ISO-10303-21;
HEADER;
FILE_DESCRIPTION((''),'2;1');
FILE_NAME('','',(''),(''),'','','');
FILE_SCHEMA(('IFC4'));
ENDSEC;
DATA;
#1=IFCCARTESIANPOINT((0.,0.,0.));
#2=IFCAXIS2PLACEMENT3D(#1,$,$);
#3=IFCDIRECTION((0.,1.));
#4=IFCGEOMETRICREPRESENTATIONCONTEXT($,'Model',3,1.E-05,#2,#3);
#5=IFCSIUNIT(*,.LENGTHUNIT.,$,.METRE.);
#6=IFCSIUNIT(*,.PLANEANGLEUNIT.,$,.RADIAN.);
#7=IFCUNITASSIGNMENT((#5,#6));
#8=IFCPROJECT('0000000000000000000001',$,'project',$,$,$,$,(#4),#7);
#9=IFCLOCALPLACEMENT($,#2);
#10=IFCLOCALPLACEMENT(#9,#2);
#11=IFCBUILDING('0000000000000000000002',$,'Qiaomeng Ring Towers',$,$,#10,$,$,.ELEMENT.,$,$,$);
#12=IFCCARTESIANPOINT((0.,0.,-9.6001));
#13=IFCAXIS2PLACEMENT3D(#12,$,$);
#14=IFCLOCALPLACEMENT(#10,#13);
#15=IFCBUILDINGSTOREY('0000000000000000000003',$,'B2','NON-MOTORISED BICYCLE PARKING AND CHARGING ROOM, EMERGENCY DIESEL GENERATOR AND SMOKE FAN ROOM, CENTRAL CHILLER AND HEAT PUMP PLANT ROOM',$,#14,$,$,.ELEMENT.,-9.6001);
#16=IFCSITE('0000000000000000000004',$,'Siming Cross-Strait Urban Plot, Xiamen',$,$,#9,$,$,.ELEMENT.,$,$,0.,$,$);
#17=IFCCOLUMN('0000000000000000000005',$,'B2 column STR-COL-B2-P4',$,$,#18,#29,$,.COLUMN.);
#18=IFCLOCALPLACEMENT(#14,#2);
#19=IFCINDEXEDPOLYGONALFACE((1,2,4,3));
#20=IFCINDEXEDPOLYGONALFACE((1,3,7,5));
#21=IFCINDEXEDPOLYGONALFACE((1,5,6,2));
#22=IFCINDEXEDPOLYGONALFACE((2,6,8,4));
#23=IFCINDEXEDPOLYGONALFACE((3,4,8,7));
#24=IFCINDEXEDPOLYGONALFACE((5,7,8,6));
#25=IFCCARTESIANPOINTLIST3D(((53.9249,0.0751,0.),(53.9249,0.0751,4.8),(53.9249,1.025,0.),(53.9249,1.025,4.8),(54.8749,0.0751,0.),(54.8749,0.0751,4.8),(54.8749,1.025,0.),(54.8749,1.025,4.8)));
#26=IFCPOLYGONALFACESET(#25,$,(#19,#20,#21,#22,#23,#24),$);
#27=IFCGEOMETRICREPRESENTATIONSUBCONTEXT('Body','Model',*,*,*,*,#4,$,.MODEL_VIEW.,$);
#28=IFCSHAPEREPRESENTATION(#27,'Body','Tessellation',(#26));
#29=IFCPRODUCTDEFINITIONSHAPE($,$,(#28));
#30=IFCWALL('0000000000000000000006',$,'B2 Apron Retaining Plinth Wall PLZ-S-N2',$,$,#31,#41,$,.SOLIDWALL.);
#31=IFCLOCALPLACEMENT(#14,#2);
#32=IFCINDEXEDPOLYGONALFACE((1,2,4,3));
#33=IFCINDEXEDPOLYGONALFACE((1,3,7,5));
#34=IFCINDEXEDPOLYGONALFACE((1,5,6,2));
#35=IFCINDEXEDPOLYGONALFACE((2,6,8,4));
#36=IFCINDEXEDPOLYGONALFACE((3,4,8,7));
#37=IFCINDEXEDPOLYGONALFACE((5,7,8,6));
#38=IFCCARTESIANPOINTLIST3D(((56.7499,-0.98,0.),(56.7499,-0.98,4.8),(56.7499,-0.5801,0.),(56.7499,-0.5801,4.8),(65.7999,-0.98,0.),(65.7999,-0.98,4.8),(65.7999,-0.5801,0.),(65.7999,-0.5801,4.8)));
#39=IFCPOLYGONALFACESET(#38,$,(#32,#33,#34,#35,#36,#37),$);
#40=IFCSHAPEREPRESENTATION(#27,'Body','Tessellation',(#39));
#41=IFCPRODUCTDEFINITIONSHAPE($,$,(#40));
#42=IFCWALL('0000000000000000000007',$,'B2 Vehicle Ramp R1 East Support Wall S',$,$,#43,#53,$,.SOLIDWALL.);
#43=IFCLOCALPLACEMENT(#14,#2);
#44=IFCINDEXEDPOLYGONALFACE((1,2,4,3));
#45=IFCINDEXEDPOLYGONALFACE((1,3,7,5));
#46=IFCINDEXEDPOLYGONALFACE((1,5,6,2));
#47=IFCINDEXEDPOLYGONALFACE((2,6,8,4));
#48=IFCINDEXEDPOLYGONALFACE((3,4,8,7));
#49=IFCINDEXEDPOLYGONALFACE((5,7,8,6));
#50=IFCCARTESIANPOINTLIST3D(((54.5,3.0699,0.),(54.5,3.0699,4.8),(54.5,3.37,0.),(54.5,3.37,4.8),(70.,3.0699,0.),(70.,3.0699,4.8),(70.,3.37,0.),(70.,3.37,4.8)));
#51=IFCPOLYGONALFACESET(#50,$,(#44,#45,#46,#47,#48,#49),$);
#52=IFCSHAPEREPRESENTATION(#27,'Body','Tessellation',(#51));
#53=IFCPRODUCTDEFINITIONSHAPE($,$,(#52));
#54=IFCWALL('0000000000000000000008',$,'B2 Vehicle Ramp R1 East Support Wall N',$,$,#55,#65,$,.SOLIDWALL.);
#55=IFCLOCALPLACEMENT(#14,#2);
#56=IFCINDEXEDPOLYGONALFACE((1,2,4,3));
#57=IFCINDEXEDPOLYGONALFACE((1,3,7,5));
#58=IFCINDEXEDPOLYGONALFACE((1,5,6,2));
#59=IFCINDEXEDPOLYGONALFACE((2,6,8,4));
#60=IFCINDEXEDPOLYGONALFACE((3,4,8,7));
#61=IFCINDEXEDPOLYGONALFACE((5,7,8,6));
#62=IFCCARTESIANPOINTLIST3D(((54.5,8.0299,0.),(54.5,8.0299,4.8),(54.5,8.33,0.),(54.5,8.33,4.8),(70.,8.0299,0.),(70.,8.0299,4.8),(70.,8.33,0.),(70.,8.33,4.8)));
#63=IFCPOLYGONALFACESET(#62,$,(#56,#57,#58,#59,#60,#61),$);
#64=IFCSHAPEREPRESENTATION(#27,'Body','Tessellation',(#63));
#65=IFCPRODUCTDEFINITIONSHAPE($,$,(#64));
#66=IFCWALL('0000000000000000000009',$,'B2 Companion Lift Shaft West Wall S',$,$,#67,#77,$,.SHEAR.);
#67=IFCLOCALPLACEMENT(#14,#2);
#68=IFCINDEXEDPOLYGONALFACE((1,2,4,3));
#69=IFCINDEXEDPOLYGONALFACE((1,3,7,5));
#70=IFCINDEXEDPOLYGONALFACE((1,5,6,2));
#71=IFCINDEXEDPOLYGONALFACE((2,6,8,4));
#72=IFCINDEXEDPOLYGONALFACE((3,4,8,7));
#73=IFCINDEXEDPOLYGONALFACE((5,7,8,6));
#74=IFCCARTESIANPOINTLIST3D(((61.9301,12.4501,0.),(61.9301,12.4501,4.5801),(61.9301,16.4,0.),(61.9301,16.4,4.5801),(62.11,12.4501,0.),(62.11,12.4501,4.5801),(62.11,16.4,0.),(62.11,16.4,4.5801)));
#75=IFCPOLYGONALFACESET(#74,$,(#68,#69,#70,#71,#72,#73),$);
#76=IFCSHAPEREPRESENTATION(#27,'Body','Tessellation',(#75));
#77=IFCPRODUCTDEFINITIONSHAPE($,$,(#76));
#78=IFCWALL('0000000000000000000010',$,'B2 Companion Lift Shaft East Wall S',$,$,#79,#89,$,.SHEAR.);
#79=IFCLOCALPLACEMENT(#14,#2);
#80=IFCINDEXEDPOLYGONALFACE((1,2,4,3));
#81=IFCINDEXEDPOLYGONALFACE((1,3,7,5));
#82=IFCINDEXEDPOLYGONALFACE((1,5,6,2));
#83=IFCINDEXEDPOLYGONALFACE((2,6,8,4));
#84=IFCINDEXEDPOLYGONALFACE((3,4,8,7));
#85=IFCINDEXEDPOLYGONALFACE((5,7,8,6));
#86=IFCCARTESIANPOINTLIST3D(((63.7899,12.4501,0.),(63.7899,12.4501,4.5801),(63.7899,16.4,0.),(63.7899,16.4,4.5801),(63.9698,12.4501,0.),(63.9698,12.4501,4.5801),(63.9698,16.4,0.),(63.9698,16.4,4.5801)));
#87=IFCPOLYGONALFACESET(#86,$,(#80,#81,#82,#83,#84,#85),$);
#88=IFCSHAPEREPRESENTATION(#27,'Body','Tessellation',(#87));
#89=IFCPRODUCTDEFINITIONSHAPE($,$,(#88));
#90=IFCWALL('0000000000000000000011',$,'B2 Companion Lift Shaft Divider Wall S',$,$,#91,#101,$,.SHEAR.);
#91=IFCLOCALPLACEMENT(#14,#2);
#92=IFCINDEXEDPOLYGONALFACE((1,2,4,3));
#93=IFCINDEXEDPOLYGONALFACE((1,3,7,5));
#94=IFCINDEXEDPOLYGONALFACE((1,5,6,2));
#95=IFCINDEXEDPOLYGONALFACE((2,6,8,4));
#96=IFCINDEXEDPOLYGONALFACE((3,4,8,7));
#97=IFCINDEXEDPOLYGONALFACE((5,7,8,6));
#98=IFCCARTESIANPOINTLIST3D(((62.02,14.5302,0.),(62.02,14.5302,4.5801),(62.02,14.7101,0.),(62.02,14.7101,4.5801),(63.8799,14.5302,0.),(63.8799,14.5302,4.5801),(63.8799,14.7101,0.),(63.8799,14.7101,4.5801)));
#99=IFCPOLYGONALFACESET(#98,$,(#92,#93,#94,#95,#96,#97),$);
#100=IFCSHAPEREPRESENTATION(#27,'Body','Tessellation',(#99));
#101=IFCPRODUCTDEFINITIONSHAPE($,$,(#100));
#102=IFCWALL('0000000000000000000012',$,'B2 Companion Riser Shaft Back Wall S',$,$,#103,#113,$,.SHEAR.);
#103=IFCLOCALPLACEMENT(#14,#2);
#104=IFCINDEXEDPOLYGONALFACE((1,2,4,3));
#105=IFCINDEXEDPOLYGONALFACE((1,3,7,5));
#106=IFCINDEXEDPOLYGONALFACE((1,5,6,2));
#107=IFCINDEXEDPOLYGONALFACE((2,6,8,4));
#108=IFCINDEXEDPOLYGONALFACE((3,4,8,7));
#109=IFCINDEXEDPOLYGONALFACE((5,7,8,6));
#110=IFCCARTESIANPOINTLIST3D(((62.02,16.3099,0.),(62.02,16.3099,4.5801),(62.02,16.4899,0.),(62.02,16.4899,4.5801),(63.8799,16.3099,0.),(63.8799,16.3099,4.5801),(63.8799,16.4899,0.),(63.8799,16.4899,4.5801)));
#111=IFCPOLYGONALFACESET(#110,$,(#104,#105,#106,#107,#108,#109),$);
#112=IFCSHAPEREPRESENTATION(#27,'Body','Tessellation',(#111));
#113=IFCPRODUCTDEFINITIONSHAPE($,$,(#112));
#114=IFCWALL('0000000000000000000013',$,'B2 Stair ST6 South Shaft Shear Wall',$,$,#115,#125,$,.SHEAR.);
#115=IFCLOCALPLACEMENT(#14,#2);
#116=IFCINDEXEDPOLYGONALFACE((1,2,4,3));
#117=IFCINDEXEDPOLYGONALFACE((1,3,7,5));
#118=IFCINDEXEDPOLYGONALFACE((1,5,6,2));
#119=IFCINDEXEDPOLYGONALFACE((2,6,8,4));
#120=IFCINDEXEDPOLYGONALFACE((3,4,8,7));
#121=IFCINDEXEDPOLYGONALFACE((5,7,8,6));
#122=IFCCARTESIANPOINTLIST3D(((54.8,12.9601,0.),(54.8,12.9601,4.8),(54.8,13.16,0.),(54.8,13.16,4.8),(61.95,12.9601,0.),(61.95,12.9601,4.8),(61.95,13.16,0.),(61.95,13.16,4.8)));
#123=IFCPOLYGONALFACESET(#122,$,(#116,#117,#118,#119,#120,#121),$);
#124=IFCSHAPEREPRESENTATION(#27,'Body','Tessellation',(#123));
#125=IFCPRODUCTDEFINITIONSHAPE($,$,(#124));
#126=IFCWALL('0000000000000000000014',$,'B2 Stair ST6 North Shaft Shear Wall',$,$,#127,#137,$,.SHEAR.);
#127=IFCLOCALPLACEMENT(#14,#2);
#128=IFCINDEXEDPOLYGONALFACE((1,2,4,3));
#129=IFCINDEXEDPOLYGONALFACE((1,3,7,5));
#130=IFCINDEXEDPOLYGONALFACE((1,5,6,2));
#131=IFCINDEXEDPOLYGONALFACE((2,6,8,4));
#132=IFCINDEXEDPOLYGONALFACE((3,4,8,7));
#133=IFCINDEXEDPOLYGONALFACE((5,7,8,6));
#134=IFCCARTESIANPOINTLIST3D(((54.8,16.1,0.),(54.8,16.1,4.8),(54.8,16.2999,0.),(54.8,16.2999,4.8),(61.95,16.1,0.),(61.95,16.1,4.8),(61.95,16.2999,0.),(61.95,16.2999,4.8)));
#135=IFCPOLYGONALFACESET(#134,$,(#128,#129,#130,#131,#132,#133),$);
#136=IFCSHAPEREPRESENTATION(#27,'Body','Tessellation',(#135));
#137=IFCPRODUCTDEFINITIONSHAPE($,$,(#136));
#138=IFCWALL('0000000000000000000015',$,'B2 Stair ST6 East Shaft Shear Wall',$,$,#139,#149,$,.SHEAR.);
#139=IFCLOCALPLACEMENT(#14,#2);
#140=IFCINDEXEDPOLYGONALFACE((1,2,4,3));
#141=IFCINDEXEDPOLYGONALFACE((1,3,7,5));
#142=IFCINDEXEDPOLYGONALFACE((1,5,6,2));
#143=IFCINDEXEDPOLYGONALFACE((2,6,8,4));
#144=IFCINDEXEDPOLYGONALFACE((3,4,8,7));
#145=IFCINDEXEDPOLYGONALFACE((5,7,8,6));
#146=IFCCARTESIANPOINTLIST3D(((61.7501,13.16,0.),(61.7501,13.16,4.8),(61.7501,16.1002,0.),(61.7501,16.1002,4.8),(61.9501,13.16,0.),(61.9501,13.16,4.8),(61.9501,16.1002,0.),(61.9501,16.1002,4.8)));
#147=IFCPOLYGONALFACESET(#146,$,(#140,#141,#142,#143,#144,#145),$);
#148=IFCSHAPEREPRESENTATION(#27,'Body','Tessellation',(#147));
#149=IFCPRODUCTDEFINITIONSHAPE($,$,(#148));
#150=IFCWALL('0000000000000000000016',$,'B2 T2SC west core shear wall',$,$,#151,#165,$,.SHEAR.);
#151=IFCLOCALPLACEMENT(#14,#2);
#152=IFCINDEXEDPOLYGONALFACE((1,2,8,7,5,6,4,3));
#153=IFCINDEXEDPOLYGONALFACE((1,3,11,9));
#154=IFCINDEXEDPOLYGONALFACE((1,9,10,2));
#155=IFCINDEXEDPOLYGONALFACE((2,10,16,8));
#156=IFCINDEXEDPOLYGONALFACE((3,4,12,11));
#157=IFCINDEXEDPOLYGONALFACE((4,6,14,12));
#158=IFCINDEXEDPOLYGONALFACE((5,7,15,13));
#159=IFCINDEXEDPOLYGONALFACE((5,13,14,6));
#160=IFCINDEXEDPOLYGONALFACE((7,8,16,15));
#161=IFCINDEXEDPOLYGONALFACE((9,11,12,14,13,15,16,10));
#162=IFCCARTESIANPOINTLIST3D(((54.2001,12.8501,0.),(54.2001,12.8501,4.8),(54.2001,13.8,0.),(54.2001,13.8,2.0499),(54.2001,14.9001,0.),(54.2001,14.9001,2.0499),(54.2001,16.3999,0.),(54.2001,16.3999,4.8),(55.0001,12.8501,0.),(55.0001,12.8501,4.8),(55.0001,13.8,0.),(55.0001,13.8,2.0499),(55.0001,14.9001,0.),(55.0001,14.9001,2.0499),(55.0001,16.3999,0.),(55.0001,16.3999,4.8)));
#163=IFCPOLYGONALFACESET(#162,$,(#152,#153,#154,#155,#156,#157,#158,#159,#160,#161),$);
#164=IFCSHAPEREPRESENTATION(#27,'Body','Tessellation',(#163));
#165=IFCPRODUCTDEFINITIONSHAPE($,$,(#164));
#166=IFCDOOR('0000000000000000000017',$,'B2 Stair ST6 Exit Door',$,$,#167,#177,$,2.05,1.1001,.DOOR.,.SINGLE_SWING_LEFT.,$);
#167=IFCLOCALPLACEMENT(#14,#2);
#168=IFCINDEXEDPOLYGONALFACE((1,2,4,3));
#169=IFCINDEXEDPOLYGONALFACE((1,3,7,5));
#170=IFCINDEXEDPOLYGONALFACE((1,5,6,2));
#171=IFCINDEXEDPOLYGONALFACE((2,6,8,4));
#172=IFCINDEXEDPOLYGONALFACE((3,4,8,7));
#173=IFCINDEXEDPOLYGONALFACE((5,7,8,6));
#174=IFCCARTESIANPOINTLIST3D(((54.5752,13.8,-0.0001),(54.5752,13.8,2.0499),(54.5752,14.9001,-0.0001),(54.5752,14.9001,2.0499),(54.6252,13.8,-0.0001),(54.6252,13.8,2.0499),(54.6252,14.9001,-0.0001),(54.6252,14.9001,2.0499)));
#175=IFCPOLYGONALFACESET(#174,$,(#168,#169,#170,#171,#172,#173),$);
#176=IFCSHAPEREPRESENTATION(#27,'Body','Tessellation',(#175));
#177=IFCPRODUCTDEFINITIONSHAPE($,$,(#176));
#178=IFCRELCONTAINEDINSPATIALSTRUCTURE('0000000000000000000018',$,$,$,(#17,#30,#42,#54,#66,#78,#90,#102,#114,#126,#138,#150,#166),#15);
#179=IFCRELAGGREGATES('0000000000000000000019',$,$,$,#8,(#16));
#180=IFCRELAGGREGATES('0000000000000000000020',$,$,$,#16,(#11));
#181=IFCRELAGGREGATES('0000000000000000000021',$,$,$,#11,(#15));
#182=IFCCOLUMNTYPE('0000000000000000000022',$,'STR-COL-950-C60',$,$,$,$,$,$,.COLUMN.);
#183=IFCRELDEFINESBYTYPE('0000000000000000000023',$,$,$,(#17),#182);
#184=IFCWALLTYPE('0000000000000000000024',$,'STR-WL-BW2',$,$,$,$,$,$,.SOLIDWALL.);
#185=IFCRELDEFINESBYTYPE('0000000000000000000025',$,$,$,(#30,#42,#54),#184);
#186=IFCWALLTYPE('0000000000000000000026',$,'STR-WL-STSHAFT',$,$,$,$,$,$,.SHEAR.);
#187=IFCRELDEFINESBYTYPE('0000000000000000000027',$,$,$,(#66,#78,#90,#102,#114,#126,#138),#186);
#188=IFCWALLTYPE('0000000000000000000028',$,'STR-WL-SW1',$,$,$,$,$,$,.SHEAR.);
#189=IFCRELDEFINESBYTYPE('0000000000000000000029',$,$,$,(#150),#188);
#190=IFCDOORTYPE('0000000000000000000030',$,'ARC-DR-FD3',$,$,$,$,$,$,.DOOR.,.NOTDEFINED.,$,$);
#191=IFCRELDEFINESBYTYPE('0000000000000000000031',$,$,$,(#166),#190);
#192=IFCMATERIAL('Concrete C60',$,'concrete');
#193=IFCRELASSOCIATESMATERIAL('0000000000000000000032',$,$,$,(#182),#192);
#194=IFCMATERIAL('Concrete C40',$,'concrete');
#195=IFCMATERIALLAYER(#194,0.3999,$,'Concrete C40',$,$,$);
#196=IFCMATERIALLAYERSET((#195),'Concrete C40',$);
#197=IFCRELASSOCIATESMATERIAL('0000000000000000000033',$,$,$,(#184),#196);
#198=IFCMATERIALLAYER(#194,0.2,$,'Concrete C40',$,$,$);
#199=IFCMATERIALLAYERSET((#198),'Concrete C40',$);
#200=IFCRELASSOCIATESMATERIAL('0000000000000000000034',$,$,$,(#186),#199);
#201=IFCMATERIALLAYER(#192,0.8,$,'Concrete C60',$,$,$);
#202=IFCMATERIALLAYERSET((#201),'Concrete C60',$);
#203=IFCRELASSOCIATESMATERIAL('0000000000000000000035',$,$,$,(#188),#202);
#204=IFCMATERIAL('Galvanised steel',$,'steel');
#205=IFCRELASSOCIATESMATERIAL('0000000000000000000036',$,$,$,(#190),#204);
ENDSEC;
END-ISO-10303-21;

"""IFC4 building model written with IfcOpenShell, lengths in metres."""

from ifc_helpers import new_model, si_unit, direction, frame, frame_2d, origin, origin_2d, place, context, subcontext, project, spatial, rectangle, extrude, source, transform, mapped, material, layer, layer_set, material_profile, profile_set, type_object, element, fill, save


model = new_model("IFC4")

# Units and contexts
model_context = context("Model", 3, precision=1e-05, world=origin(), true_north=direction((0.0, 1.0)))
body_context = subcontext(model_context, "Body", "Model", "MODEL_VIEW")
ifc_project = project(units=[si_unit("LENGTHUNIT", "METRE"), si_unit("PLANEANGLEUNIT", "RADIAN")], contexts=[model_context])

# Site, building, storey
site_placement = place(None, origin())
site = spatial("IfcSite", under=ifc_project, at=site_placement, Name="Siming Cross-Strait Urban Plot, Xiamen", CompositionType="ELEMENT", RefElevation=0.0)
building_placement = place(site_placement, origin())
building = spatial("IfcBuilding", under=site, at=building_placement, Name="Qiaomeng Ring Towers", CompositionType="ELEMENT")
storey_placement = place(building_placement, frame((0.0, 0.0, -9.6001)))
storey = spatial("IfcBuildingStorey", under=building, at=storey_placement, Name="B2", Description="NON-MOTORISED BICYCLE PARKING AND CHARGING ROOM, EMERGENCY DIESEL GENERATOR AND SMOKE FAN ROOM, CENTRAL CHILLER AND HEAT PUMP PLANT ROOM", CompositionType="ELEMENT", Elevation=-9.6001)

# Shared definitions
ifc_material_1 = material(Name="Concrete C40", Category="concrete")

# Column
ifc_material_2 = material(Name="Concrete C60", Category="concrete")
ifc_material_profile_1 = material_profile(ifc_material_2, rectangle(XDim=0.95, YDim=0.95, at=origin_2d()), Name="RC COL 950x950")
ifc_profile_set_1 = profile_set([ifc_material_profile_1], Name="Concrete C60")
column_type = type_object("IfcColumnType", Name="STR-COL-950-C60", PredefinedType="COLUMN", material=ifc_profile_set_1)
shared_shape_1 = source(origin(), body_context, "Body", "SweptSolid", [
    extrude(rectangle(XDim=0.95, YDim=0.95, at=origin_2d()), origin(), (0.0, 0.0, 1.0), 4.8),
])
column_placement = place(storey_placement, frame((54.3999, 0.55, 0.0), z_axis=(0.0, 0.0, 1.0), x_axis=(1.0, 0.0, 0.0)))
element("IfcColumn", 1, at=column_placement, inside=storey, type_object=column_type, Name="B2 column STR-COL-B2-P4", PredefinedType="COLUMN", context=body_context, shape_type="MappedRepresentation", body=[
    mapped(shared_shape_1, transform((0.0, 0.0, 0.0), x_axis=(1.0, 0.0, 0.0), y_axis=(0.0, 1.0, 0.0), z_axis=(0.0, 0.0, 1.0), scale=1.0)),
])

# Walls
ifc_layer_1 = layer(ifc_material_1, 0.3999, Name="Concrete C40")
ifc_layer_set_1 = layer_set([ifc_layer_1], Name="Concrete C40")
wall_type_1 = type_object("IfcWallType", Name="STR-WL-BW2", PredefinedType="SOLIDWALL", material=ifc_layer_set_1)
wall_1_placement = place(storey_placement, frame((56.75, -0.78, 0.0), z_axis=(0.0, 0.0, 1.0), x_axis=(1.0, 0.0, 0.0)))
element("IfcWall", 2, at=wall_1_placement, inside=storey, type_object=wall_type_1, Name="B2 Apron Retaining Plinth Wall PLZ-S-N2", PredefinedType="SOLIDWALL", context=body_context, shape_type="SweptSolid", body=[
    extrude(rectangle(XDim=9.05, YDim=0.3999, at=frame_2d((4.5249, 0.0))), origin(), (0.0, 0.0, 1.0), 4.8),
])
for number, where, z_axis, x_axis, name in (
    (3, (54.5, 3.22, 0.0), (0.0, 0.0, 1.0), (1.0, 0.0, 0.0), "B2 Vehicle Ramp R1 East Support Wall S"),
    (4, (54.5, 8.1799, 0.0), (0.0, 0.0, 1.0), (1.0, 0.0, 0.0), "B2 Vehicle Ramp R1 East Support Wall N"),
):
    element("IfcWall", number, at=place(storey_placement, frame(where, z_axis=z_axis, x_axis=x_axis)), inside=storey, type_object=wall_type_1, Name=name, PredefinedType="SOLIDWALL", context=body_context, shape_type="SweptSolid", body=[
        extrude(rectangle(XDim=15.5, YDim=0.3, at=frame_2d((7.75, 0.0))), origin(), (0.0, 0.0, 1.0), 4.8),
    ])
ifc_layer_2 = layer(ifc_material_1, 0.2, Name="Concrete C40")
ifc_layer_set_2 = layer_set([ifc_layer_2], Name="Concrete C40")
wall_type_2 = type_object("IfcWallType", Name="STR-WL-STSHAFT", PredefinedType="SHEAR", material=ifc_layer_set_2)
for number, where, z_axis, x_axis, name in (
    (5, (62.02, 12.45, 0.0), (0.0, 0.0, 1.0), (0.0, 1.0, 0.0), "B2 Companion Lift Shaft West Wall S"),
    (6, (63.8799, 12.45, 0.0), (0.0, 0.0, 1.0), (0.0, 1.0, 0.0), "B2 Companion Lift Shaft East Wall S"),
):
    element("IfcWall", number, at=place(storey_placement, frame(where, z_axis=z_axis, x_axis=x_axis)), inside=storey, type_object=wall_type_2, Name=name, PredefinedType="SHEAR", context=body_context, shape_type="SweptSolid", body=[
        extrude(rectangle(XDim=3.95, YDim=0.1799, at=frame_2d((1.9751, 0.0))), origin(), (0.0, 0.0, 1.0), 4.5801),
    ])
for number, where, z_axis, x_axis, name in (
    (7, (62.02, 14.6201, 0.0), (0.0, 0.0, 1.0), (1.0, 0.0, 0.0), "B2 Companion Lift Shaft Divider Wall S"),
    (8, (62.02, 16.3999, 0.0), (0.0, 0.0, 1.0), (1.0, 0.0, 0.0), "B2 Companion Riser Shaft Back Wall S"),
):
    element("IfcWall", number, at=place(storey_placement, frame(where, z_axis=z_axis, x_axis=x_axis)), inside=storey, type_object=wall_type_2, Name=name, PredefinedType="SHEAR", context=body_context, shape_type="SweptSolid", body=[
        extrude(rectangle(XDim=1.8599, YDim=0.1799, at=frame_2d((0.9299, 0.0))), origin(), (0.0, 0.0, 1.0), 4.5801),
    ])
for number, where, z_axis, x_axis, name in (
    (9, (54.8, 13.0601, 0.0), (0.0, 0.0, 1.0), (1.0, 0.0, 0.0), "B2 Stair ST6 South Shaft Shear Wall"),
    (10, (54.8, 16.2, 0.0), (0.0, 0.0, 1.0), (1.0, 0.0, 0.0), "B2 Stair ST6 North Shaft Shear Wall"),
):
    element("IfcWall", number, at=place(storey_placement, frame(where, z_axis=z_axis, x_axis=x_axis)), inside=storey, type_object=wall_type_2, Name=name, PredefinedType="SHEAR", context=body_context, shape_type="SweptSolid", body=[
        extrude(rectangle(XDim=7.1499, YDim=0.2, at=frame_2d((3.575, 0.0))), origin(), (0.0, 0.0, 1.0), 4.8),
    ])
wall_2_placement = place(storey_placement, frame((61.8501, 13.1599, 0.0), z_axis=(0.0, 0.0, 1.0), x_axis=(0.0, 1.0, 0.0)))
element("IfcWall", 11, at=wall_2_placement, inside=storey, type_object=wall_type_2, Name="B2 Stair ST6 East Shaft Shear Wall", PredefinedType="SHEAR", context=body_context, shape_type="SweptSolid", body=[
    extrude(rectangle(XDim=2.9402, YDim=0.2, at=frame_2d((1.4702, 0.0))), origin(), (0.0, 0.0, 1.0), 4.8),
])

# Wall, opening, door
ifc_layer_3 = layer(ifc_material_2, 0.8, Name="Concrete C60")
ifc_layer_set_3 = layer_set([ifc_layer_3], Name="Concrete C60")
wall_type_3 = type_object("IfcWallType", Name="STR-WL-SW1", PredefinedType="SHEAR", material=ifc_layer_set_3)
wall_3_placement = place(storey_placement, frame((54.6001, 12.8501, 0.0), z_axis=(0.0, 0.0, 1.0), x_axis=(0.0, 1.0, 0.0)))
wall_3 = element("IfcWall", 12, at=wall_3_placement, inside=storey, type_object=wall_type_3, Name="B2 T2SC west core shear wall", PredefinedType="SHEAR", context=body_context, shape_type="SweptSolid", body=[
    extrude(rectangle(XDim=3.5498, YDim=0.8, at=frame_2d((1.7749, 0.0))), origin(), (0.0, 0.0, 1.0), 4.8),
])
opening_placement = place(wall_3_placement, frame((0.95, 0.0, 0.0)))
opening = element("IfcOpeningElement", 13, at=opening_placement, cuts=wall_3, PredefinedType="OPENING", context=body_context, shape_type="SweptSolid", body=[
    extrude(rectangle(XDim=1.1001, YDim=2.05, at=frame_2d((0.55, 1.0249))), frame((0.0, 0.4099, 0.0), z_axis=(0.0, -1.0, 0.0), x_axis=(1.0, 0.0, 0.0)), (0.0, 0.0, 1.0), 0.8201),
])
ifc_material_3 = material(Name="Galvanised steel", Category="steel")
door_type = type_object("IfcDoorType", Name="ARC-DR-FD3", OperationType="NOTDEFINED", PredefinedType="DOOR", material=ifc_material_3)
shared_shape_2 = source(origin(), body_context, "Body", "SweptSolid", [
    extrude(rectangle(XDim=1.1001, YDim=2.05, at=frame_2d((0.55, 1.0249))), frame((0.0, 0.0249, 0.0), z_axis=(0.0, -1.0, 0.0), x_axis=(1.0, 0.0, 0.0)), (0.0, 0.0, 1.0), 0.05),
])
door_placement = place(opening_placement, origin())
door = element("IfcDoor", 14, at=door_placement, inside=storey, type_object=door_type, Name="B2 Stair ST6 Exit Door", OperationType="SINGLE_SWING_LEFT", OverallHeight=2.05, OverallWidth=1.1001, PredefinedType="DOOR", context=body_context, shape_type="MappedRepresentation", body=[
    mapped(shared_shape_2, transform((0.0, 0.0, 0.0), x_axis=(1.0, 0.0, 0.0), y_axis=(0.0, 1.0, 0.0), z_axis=(0.0, 0.0, 1.0), scale=1.0)),
])
fill(opening, door)

save(model, "model.ifc")
